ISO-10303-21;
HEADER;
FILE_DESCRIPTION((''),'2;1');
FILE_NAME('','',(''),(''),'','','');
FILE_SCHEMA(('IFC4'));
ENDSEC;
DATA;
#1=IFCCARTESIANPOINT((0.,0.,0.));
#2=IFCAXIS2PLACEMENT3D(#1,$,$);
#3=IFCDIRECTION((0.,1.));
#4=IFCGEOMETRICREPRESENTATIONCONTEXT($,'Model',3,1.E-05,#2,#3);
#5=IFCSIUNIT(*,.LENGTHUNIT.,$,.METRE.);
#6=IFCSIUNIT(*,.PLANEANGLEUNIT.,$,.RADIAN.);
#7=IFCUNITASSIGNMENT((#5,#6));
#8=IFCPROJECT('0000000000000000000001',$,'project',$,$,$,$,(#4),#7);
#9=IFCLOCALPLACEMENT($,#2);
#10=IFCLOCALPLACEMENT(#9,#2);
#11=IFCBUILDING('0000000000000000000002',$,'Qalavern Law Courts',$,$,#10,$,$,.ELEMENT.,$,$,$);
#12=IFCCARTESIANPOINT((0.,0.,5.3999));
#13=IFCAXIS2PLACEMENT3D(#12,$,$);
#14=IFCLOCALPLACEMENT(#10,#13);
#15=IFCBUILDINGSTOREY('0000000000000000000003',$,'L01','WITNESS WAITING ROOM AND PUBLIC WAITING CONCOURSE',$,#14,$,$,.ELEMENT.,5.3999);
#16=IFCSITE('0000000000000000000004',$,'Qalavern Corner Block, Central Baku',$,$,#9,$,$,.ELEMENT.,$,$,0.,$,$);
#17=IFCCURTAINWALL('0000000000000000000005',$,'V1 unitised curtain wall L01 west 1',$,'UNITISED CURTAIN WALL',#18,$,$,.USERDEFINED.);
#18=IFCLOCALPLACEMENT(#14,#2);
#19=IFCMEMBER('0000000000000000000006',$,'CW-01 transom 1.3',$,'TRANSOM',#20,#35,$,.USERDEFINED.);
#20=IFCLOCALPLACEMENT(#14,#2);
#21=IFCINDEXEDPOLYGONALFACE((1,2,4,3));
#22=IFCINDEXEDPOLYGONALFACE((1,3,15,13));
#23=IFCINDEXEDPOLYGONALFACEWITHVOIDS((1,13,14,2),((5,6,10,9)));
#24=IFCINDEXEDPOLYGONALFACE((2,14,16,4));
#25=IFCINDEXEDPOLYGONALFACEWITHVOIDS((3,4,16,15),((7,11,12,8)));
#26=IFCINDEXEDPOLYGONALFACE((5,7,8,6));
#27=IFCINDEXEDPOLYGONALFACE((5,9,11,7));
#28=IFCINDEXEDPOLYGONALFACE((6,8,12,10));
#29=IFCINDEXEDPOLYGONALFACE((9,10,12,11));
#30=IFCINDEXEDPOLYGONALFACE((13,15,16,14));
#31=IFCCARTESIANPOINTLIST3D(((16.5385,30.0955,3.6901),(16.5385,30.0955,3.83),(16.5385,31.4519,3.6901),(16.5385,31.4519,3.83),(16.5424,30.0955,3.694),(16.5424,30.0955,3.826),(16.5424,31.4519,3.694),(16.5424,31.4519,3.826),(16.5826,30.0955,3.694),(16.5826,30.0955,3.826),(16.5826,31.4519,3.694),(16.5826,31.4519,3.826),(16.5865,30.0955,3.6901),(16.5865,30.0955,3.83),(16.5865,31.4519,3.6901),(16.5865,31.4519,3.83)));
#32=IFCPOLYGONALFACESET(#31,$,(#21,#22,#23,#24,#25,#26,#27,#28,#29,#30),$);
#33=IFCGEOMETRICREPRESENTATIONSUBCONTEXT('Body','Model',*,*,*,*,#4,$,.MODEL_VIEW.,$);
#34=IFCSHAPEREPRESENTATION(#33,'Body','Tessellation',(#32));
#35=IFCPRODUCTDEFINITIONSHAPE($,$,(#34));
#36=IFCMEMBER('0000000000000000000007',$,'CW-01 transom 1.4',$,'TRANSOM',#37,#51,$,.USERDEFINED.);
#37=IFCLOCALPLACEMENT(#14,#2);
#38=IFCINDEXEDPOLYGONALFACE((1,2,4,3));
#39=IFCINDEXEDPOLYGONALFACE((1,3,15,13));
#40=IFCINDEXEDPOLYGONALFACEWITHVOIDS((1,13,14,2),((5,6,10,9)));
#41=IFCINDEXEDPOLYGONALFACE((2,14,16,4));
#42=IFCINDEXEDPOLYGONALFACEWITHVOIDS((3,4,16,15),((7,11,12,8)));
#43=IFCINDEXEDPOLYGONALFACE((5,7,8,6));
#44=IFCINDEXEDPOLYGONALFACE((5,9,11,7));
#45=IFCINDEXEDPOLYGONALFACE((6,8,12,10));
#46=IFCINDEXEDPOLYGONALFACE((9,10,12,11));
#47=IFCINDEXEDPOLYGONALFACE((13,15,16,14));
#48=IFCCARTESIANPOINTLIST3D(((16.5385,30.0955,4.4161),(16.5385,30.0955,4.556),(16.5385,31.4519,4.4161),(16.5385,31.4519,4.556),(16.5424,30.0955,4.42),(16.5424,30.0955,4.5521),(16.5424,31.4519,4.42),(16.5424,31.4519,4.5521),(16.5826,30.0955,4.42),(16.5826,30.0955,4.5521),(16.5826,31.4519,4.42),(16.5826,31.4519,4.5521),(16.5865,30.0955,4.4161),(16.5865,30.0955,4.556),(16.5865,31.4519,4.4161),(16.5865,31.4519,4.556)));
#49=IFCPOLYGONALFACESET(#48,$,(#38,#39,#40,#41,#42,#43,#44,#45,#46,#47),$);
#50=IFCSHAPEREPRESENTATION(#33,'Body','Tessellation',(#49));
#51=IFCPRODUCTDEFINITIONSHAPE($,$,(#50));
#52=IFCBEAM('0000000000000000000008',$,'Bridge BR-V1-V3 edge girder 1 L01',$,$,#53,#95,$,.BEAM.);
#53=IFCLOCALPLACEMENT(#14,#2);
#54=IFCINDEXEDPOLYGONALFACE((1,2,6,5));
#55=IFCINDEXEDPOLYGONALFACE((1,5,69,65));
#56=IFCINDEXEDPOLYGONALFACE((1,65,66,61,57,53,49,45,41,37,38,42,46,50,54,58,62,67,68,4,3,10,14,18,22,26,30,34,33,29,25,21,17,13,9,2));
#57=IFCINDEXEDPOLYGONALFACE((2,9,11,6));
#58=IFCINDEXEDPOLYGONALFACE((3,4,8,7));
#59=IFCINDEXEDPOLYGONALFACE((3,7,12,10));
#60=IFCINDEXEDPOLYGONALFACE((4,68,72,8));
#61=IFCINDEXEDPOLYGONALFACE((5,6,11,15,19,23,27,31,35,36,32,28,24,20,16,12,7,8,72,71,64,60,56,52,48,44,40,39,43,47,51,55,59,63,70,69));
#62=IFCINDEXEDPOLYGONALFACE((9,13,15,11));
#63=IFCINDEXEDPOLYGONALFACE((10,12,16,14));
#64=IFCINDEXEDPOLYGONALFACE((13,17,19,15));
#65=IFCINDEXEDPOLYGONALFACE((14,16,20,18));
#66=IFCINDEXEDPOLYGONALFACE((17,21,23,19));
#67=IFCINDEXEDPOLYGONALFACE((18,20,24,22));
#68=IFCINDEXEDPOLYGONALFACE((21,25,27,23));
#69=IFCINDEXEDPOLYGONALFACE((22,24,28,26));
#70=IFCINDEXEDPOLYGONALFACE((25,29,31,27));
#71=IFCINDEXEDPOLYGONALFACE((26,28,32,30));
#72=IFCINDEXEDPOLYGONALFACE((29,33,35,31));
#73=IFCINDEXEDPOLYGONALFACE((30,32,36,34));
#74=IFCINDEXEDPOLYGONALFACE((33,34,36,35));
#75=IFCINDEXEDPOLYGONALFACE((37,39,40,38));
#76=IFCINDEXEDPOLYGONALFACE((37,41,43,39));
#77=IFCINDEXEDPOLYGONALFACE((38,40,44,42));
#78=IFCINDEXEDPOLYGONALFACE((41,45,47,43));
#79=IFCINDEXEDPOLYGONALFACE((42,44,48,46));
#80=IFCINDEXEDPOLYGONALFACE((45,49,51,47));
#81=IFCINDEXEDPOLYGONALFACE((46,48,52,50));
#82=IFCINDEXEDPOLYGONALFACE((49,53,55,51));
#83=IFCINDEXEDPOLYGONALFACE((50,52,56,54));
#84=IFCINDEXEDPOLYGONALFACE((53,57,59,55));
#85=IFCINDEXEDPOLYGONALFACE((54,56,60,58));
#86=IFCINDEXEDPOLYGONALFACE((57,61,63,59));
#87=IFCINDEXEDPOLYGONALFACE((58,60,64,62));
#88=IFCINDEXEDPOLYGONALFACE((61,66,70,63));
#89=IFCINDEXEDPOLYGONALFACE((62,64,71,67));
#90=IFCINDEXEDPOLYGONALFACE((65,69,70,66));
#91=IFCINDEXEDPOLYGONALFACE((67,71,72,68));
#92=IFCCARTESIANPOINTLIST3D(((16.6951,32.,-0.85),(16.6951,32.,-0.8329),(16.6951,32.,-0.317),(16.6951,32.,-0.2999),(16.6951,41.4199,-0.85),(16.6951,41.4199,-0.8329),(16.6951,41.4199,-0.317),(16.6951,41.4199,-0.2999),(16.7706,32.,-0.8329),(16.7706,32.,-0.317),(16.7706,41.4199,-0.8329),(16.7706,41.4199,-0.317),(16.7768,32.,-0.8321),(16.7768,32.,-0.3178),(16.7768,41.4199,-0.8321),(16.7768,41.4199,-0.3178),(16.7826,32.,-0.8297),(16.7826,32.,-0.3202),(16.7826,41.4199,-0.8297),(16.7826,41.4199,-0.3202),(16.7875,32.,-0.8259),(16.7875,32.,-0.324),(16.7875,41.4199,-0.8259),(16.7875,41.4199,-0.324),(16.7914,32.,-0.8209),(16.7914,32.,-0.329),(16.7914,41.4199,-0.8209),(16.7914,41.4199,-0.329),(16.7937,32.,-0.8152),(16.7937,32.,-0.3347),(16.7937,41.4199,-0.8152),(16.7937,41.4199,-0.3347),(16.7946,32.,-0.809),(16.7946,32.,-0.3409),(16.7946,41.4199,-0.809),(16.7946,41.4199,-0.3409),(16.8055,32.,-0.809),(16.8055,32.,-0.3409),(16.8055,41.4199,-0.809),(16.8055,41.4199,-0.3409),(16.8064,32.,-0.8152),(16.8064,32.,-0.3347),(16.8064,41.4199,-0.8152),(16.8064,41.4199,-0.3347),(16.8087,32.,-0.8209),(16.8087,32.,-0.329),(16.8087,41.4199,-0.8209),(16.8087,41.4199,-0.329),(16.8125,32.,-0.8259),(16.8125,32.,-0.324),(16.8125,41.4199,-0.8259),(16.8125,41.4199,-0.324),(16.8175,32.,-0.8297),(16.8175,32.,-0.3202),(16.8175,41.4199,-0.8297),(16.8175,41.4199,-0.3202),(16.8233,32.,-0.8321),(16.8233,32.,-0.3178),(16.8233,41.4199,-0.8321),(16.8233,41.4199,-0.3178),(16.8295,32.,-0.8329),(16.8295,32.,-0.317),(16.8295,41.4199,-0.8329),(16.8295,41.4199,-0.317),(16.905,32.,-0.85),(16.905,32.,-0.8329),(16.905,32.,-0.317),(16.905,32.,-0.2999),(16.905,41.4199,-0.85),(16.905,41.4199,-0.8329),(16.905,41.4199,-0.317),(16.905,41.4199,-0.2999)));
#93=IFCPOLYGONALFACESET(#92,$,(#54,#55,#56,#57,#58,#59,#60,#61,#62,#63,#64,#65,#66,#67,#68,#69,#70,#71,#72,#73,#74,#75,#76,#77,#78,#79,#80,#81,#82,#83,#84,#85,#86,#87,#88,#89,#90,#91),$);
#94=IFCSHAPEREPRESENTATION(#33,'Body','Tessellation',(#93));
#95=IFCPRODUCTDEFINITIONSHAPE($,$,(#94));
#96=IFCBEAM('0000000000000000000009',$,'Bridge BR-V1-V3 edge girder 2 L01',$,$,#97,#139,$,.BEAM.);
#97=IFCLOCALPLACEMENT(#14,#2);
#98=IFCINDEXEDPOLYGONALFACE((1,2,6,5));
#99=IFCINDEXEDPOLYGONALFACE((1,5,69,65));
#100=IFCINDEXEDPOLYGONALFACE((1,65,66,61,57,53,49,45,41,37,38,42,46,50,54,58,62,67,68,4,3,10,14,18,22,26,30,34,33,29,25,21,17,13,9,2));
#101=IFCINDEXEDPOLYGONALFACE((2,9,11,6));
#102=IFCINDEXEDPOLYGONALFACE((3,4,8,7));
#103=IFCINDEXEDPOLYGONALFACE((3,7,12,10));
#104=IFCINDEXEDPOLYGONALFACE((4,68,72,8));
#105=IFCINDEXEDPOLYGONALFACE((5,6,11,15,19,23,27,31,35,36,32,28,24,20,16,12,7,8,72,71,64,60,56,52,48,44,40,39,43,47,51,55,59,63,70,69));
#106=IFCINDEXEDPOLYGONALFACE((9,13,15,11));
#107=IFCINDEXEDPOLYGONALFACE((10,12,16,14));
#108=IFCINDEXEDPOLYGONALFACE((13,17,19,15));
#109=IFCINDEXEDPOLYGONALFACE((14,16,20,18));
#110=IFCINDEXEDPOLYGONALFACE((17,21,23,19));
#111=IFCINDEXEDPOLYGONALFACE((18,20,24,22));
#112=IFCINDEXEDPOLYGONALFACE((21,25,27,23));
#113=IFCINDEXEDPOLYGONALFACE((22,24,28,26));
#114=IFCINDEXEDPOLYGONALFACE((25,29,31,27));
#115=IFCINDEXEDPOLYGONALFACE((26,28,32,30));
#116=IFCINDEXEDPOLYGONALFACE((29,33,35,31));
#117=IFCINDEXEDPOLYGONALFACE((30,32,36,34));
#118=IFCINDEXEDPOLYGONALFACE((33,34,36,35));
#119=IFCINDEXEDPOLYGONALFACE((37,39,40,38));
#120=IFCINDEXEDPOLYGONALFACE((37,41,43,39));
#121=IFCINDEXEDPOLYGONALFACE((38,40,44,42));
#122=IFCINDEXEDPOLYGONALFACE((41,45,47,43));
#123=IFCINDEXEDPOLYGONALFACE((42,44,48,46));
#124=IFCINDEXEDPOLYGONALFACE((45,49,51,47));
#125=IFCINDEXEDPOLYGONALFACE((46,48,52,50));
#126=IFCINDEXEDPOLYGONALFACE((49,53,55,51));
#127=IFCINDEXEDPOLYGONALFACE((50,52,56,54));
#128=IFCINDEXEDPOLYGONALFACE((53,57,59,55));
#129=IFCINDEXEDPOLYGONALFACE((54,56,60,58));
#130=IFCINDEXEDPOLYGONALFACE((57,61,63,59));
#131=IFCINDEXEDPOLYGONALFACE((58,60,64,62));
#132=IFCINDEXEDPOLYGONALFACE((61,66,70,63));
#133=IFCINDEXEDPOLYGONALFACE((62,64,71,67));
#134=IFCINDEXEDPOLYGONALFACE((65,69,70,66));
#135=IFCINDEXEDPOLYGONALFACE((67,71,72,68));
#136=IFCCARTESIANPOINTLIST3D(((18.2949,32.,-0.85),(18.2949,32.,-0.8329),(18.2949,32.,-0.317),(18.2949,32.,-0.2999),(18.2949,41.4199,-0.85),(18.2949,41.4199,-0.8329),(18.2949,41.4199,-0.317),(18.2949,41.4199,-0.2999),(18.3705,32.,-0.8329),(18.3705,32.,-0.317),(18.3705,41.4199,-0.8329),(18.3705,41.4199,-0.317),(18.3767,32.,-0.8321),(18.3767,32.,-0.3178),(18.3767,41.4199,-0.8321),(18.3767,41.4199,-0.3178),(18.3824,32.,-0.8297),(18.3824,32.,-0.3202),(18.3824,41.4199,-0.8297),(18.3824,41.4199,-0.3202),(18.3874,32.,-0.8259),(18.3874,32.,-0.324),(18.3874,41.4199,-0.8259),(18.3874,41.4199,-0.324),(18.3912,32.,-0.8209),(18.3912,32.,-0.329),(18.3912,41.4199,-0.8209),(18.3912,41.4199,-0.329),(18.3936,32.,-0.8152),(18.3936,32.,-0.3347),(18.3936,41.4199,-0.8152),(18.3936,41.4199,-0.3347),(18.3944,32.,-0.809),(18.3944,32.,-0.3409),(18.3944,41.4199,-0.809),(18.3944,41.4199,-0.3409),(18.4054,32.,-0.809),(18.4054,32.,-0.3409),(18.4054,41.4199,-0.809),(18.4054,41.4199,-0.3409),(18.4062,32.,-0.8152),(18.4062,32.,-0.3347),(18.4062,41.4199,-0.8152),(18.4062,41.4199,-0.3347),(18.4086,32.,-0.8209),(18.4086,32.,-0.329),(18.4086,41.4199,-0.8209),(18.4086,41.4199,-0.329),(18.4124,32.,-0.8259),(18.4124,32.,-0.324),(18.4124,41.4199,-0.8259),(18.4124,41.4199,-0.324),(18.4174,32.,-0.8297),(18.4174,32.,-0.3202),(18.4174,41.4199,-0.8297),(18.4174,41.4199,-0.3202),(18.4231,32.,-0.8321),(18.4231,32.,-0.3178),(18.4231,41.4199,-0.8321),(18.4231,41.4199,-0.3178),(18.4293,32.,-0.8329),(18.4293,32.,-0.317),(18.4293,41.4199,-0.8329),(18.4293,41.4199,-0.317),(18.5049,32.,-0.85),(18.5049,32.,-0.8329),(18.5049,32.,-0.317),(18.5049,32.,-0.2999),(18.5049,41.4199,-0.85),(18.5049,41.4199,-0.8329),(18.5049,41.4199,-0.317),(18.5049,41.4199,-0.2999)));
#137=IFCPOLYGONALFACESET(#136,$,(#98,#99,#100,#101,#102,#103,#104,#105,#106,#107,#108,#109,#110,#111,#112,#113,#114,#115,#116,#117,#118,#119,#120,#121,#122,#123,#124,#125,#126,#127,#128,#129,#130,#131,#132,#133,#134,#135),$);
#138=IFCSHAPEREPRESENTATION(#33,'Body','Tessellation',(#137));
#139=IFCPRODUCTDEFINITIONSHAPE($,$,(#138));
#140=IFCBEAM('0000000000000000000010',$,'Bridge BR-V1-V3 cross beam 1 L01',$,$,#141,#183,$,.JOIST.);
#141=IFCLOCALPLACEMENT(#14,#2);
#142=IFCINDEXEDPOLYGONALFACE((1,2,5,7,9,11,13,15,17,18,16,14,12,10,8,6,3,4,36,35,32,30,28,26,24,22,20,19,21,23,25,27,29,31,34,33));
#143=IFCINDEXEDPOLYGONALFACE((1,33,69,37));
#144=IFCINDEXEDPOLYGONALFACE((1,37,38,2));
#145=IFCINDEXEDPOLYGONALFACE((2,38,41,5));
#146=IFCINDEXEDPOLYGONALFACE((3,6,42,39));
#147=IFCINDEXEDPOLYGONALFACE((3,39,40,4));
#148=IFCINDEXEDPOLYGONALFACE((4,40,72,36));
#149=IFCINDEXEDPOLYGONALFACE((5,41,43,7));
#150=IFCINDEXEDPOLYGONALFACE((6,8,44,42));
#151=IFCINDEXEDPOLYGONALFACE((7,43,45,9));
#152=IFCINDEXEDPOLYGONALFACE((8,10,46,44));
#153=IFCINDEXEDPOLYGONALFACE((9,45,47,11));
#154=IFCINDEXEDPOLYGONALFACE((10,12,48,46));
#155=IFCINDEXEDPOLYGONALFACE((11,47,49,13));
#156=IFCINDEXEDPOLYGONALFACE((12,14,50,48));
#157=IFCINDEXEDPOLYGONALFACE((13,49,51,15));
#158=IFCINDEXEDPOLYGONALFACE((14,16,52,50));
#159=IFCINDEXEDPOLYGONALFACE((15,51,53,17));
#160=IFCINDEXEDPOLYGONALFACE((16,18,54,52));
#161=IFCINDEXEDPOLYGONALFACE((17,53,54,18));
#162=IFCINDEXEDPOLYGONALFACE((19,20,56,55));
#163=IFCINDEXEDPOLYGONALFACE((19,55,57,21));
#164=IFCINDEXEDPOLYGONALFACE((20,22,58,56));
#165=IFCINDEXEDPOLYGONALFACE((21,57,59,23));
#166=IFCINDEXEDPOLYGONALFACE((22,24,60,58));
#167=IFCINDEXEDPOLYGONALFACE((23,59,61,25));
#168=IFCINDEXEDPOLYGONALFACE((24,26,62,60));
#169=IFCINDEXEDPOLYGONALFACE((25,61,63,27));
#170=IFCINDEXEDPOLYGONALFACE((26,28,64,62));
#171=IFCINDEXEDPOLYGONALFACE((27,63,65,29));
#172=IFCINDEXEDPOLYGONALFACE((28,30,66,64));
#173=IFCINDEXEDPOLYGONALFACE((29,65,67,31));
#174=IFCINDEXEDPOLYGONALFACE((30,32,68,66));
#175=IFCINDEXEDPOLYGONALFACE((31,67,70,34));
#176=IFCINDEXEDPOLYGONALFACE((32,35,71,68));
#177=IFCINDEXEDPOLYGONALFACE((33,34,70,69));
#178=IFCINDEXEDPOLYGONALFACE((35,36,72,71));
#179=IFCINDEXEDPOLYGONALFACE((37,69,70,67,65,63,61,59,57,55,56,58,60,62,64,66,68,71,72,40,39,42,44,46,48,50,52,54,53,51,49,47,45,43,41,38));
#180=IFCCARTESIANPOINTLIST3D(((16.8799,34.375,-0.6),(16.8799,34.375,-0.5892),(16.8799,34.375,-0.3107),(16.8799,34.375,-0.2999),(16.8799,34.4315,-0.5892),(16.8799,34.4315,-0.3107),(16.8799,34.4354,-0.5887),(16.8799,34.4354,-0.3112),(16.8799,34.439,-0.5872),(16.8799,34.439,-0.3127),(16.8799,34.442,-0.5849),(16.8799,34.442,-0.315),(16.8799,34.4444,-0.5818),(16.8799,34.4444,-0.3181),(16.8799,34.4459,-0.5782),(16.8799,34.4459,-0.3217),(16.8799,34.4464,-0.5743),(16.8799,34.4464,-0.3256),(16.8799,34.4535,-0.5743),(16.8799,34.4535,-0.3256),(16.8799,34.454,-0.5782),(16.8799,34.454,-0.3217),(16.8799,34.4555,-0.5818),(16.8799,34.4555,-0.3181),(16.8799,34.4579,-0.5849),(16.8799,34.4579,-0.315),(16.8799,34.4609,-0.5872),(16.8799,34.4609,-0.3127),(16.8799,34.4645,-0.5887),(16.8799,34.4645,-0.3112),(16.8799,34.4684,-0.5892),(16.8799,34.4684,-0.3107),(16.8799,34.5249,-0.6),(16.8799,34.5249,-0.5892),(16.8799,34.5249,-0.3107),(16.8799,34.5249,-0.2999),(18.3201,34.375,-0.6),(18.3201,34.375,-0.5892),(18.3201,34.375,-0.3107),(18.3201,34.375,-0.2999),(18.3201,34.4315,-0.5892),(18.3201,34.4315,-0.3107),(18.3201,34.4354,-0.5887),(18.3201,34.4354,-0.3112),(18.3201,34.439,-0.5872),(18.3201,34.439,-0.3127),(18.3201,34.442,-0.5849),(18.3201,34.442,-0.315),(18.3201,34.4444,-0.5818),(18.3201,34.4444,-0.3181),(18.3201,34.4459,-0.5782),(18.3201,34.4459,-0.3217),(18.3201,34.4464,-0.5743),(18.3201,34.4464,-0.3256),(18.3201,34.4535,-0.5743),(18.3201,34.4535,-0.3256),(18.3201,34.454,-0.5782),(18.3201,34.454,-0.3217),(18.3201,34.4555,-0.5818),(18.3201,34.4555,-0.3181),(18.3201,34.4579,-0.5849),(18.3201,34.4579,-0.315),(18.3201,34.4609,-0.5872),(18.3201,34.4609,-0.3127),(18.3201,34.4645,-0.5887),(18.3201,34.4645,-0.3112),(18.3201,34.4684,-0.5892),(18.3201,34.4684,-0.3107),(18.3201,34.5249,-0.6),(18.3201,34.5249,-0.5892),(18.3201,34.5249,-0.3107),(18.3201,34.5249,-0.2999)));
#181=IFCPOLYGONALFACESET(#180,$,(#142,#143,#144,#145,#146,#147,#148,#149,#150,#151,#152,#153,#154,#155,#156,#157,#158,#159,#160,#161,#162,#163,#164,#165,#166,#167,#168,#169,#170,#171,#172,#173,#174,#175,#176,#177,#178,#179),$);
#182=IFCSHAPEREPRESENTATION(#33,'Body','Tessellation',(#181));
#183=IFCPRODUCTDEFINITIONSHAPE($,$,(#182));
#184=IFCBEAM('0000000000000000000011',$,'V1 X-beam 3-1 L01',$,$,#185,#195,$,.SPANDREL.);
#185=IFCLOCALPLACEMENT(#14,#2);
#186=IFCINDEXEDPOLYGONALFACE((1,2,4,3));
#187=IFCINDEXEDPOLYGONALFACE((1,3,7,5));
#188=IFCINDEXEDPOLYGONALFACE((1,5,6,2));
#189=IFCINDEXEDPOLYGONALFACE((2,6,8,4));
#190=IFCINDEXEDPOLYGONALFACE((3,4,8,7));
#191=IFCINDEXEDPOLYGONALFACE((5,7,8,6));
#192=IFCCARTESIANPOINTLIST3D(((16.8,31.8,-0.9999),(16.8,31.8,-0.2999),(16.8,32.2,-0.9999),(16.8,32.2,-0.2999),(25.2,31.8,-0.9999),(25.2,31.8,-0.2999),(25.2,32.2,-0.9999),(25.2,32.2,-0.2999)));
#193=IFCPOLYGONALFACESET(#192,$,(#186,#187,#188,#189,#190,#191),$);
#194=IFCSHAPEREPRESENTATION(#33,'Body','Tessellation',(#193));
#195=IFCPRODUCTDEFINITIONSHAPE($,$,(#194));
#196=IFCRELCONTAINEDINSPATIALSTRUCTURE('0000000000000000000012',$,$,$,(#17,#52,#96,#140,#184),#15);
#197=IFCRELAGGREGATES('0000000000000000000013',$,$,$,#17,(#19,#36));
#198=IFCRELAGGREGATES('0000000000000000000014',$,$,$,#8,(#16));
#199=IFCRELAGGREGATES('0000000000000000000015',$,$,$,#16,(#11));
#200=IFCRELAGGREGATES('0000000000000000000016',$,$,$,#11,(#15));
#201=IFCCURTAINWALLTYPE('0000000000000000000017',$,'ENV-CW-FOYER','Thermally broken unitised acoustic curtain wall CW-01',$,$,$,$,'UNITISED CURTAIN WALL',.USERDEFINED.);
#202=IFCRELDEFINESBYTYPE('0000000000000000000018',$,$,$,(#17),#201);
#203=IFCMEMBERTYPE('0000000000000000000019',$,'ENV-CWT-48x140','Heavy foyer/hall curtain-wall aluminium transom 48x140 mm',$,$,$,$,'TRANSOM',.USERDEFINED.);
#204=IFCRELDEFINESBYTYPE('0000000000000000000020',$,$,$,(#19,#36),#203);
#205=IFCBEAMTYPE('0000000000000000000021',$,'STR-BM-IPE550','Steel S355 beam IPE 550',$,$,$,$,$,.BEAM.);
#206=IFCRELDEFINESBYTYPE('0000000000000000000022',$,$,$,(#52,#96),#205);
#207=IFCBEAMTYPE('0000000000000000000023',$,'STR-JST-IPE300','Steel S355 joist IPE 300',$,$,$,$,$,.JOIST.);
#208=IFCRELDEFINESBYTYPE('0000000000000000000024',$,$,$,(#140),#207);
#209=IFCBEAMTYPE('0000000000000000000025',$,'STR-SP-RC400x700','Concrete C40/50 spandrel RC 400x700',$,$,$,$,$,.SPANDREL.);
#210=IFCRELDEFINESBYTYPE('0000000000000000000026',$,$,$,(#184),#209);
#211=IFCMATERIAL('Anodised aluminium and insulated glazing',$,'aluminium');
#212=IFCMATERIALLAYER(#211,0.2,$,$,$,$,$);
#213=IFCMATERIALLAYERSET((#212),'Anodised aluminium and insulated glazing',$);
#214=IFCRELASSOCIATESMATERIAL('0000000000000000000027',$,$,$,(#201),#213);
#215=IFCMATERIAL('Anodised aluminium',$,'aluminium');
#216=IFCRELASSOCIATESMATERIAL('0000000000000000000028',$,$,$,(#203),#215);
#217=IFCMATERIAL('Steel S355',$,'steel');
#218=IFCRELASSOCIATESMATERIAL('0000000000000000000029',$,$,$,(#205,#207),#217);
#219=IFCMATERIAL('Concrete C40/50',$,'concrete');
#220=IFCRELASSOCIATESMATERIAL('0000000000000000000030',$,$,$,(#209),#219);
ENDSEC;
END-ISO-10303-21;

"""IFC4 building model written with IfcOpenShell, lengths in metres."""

from ifc_helpers import new_model, si_unit, direction, frame, origin, origin_2d, place, context, subcontext, project, spatial, rectangle, hollow_rectangle, i_section, extrude, material, layer, layer_set, material_profile, profile_set, type_object, element, aggregate, save


model = new_model("IFC4")

# Units and contexts
model_context = context("Model", 3, precision=1e-05, world=origin(), true_north=direction((0.0, 1.0)))
body_context = subcontext(model_context, "Body", "Model", "MODEL_VIEW")
ifc_project = project(units=[si_unit("LENGTHUNIT", "METRE"), si_unit("PLANEANGLEUNIT", "RADIAN")], contexts=[model_context])

# Site, building, storey
site_placement = place(None, origin())
site = spatial("IfcSite", under=ifc_project, at=site_placement, Name="Qalavern Corner Block, Central Baku", CompositionType="ELEMENT", RefElevation=0.0)
building_placement = place(site_placement, origin())
building = spatial("IfcBuilding", under=site, at=building_placement, Name="Qalavern Law Courts", CompositionType="ELEMENT")
storey_placement = place(building_placement, frame((0.0, 0.0, 5.3999)))
storey = spatial("IfcBuildingStorey", under=building, at=storey_placement, Name="L01", Description="WITNESS WAITING ROOM AND PUBLIC WAITING CONCOURSE", CompositionType="ELEMENT", Elevation=5.3999)

# Curtain wall
ifc_material_1 = material(Name="Anodised aluminium and insulated glazing", Category="aluminium")
ifc_material_2 = material(Name="Anodised aluminium", Category="aluminium")
ifc_layer_1 = layer(ifc_material_1, 0.2)
ifc_layer_set_1 = layer_set([ifc_layer_1], Name="Anodised aluminium and insulated glazing")
curtain_wall_type_1 = type_object("IfcCurtainWallType", Name="ENV-CW-FOYER", Description="Thermally broken unitised acoustic curtain wall CW-01", ElementType="UNITISED CURTAIN WALL", PredefinedType="USERDEFINED", material=ifc_layer_set_1)
curtain_wall_1_placement = place(storey_placement, origin())
curtain_wall_1 = element("IfcCurtainWall", 1, at=curtain_wall_1_placement, inside=storey, type_object=curtain_wall_type_1, Name="V1 unitised curtain wall L01 west 1", ObjectType="UNITISED CURTAIN WALL", PredefinedType="USERDEFINED")

# Members
ifc_material_profile_1 = material_profile(ifc_material_2, hollow_rectangle(XDim=0.0481, YDim=0.1399, WallThickness=0.0039, at=origin_2d()), Name="ALU TRANSOM 48x140")
ifc_profile_set_1 = profile_set([ifc_material_profile_1], Name="Anodised aluminium")
member_type_1 = type_object("IfcMemberType", Name="ENV-CWT-48x140", Description="Heavy foyer/hall curtain-wall aluminium transom 48x140 mm", ElementType="TRANSOM", PredefinedType="USERDEFINED", material=ifc_profile_set_1)
member_1_placement = place(storey_placement, frame((16.5625, 31.4519, 3.76), z_axis=(0.0, -1.0, 0.0), x_axis=(1.0, 0.0, 0.0)))
member_1 = element("IfcMember", 2, at=member_1_placement, type_object=member_type_1, Name="CW-01 transom 1.3", ObjectType="TRANSOM", PredefinedType="USERDEFINED", context=body_context, shape_type="SweptSolid", body=[
    extrude(hollow_rectangle(XDim=0.0481, YDim=0.1399, WallThickness=0.0039, at=origin_2d()), origin(), (0.0, 0.0, 1.0), 1.3564),
])
member_2_placement = place(storey_placement, frame((16.5625, 31.4519, 4.4861), z_axis=(0.0, -1.0, 0.0), x_axis=(1.0, 0.0, 0.0)))
member_2 = element("IfcMember", 3, at=member_2_placement, type_object=member_type_1, Name="CW-01 transom 1.4", ObjectType="TRANSOM", PredefinedType="USERDEFINED", context=body_context, shape_type="SweptSolid", body=[
    extrude(hollow_rectangle(XDim=0.0481, YDim=0.1399, WallThickness=0.0039, at=origin_2d()), origin(), (0.0, 0.0, 1.0), 1.3564),
])

# Beams
ifc_material_3 = material(Name="Steel S355", Category="steel")
ifc_material_profile_2 = material_profile(ifc_material_3, i_section(OverallWidth=0.21, OverallDepth=0.55, WebThickness=0.011, FlangeThickness=0.0171, FilletRadius=0.0239, at=origin_2d()), Name="IPE 550")
ifc_profile_set_2 = profile_set([ifc_material_profile_2], Name="Steel S355")
beam_type_1 = type_object("IfcBeamType", Name="STR-BM-IPE550", Description="Steel S355 beam IPE 550", PredefinedType="BEAM", material=ifc_profile_set_2)
for number, where, z_axis, x_axis, name in (
    (4, (16.8, 32.0, -0.575), (0.0, 1.0, 0.0), (-1.0, 0.0, 0.0), "Bridge BR-V1-V3 edge girder 1 L01"),
    (5, (18.3999, 32.0, -0.575), (0.0, 1.0, 0.0), (-1.0, 0.0, 0.0), "Bridge BR-V1-V3 edge girder 2 L01"),
):
    element("IfcBeam", number, at=place(storey_placement, frame(where, z_axis=z_axis, x_axis=x_axis)), inside=storey, type_object=beam_type_1, Name=name, PredefinedType="BEAM", context=body_context, shape_type="SweptSolid", body=[
        extrude(i_section(OverallWidth=0.21, OverallDepth=0.55, WebThickness=0.011, FlangeThickness=0.0171, FilletRadius=0.0239, at=origin_2d()), origin(), (0.0, 0.0, 1.0), 9.4199),
    ])
ifc_material_profile_3 = material_profile(ifc_material_3, i_section(OverallWidth=0.1499, OverallDepth=0.3, WebThickness=0.0071, FlangeThickness=0.0107, FilletRadius=0.0149, at=origin_2d()), Name="IPE 300")
ifc_profile_set_3 = profile_set([ifc_material_profile_3], Name="Steel S355")
beam_type_2 = type_object("IfcBeamType", Name="STR-JST-IPE300", Description="Steel S355 joist IPE 300", PredefinedType="JOIST", material=ifc_profile_set_3)
beam_1_placement = place(storey_placement, frame((16.8799, 34.45, -0.45), z_axis=(1.0, 0.0, 0.0), x_axis=(0.0, 1.0, 0.0)))
element("IfcBeam", 6, at=beam_1_placement, inside=storey, type_object=beam_type_2, Name="Bridge BR-V1-V3 cross beam 1 L01", PredefinedType="JOIST", context=body_context, shape_type="SweptSolid", body=[
    extrude(i_section(OverallWidth=0.1499, OverallDepth=0.3, WebThickness=0.0071, FlangeThickness=0.0107, FilletRadius=0.0149, at=origin_2d()), origin(), (0.0, 0.0, 1.0), 1.4402),
])
ifc_material_4 = material(Name="Concrete C40/50", Category="concrete")
ifc_material_profile_4 = material_profile(ifc_material_4, rectangle(XDim=0.3999, YDim=0.7, at=origin_2d()), Name="RC 400x700")
ifc_profile_set_4 = profile_set([ifc_material_profile_4], Name="Concrete C40/50")
beam_type_3 = type_object("IfcBeamType", Name="STR-SP-RC400x700", Description="Concrete C40/50 spandrel RC 400x700", PredefinedType="SPANDREL", material=ifc_profile_set_4)
beam_2_placement = place(storey_placement, frame((16.8, 32.0, -0.6499), z_axis=(1.0, 0.0, 0.0), x_axis=(0.0, 1.0, 0.0)))
element("IfcBeam", 7, at=beam_2_placement, inside=storey, type_object=beam_type_3, Name="V1 X-beam 3-1 L01", PredefinedType="SPANDREL", context=body_context, shape_type="SweptSolid", body=[
    extrude(rectangle(XDim=0.3999, YDim=0.7, at=origin_2d()), origin(), (0.0, 0.0, 1.0), 8.3999),
])

aggregate(curtain_wall_1, [member_1, member_2])

save(model, "model.ifc")
